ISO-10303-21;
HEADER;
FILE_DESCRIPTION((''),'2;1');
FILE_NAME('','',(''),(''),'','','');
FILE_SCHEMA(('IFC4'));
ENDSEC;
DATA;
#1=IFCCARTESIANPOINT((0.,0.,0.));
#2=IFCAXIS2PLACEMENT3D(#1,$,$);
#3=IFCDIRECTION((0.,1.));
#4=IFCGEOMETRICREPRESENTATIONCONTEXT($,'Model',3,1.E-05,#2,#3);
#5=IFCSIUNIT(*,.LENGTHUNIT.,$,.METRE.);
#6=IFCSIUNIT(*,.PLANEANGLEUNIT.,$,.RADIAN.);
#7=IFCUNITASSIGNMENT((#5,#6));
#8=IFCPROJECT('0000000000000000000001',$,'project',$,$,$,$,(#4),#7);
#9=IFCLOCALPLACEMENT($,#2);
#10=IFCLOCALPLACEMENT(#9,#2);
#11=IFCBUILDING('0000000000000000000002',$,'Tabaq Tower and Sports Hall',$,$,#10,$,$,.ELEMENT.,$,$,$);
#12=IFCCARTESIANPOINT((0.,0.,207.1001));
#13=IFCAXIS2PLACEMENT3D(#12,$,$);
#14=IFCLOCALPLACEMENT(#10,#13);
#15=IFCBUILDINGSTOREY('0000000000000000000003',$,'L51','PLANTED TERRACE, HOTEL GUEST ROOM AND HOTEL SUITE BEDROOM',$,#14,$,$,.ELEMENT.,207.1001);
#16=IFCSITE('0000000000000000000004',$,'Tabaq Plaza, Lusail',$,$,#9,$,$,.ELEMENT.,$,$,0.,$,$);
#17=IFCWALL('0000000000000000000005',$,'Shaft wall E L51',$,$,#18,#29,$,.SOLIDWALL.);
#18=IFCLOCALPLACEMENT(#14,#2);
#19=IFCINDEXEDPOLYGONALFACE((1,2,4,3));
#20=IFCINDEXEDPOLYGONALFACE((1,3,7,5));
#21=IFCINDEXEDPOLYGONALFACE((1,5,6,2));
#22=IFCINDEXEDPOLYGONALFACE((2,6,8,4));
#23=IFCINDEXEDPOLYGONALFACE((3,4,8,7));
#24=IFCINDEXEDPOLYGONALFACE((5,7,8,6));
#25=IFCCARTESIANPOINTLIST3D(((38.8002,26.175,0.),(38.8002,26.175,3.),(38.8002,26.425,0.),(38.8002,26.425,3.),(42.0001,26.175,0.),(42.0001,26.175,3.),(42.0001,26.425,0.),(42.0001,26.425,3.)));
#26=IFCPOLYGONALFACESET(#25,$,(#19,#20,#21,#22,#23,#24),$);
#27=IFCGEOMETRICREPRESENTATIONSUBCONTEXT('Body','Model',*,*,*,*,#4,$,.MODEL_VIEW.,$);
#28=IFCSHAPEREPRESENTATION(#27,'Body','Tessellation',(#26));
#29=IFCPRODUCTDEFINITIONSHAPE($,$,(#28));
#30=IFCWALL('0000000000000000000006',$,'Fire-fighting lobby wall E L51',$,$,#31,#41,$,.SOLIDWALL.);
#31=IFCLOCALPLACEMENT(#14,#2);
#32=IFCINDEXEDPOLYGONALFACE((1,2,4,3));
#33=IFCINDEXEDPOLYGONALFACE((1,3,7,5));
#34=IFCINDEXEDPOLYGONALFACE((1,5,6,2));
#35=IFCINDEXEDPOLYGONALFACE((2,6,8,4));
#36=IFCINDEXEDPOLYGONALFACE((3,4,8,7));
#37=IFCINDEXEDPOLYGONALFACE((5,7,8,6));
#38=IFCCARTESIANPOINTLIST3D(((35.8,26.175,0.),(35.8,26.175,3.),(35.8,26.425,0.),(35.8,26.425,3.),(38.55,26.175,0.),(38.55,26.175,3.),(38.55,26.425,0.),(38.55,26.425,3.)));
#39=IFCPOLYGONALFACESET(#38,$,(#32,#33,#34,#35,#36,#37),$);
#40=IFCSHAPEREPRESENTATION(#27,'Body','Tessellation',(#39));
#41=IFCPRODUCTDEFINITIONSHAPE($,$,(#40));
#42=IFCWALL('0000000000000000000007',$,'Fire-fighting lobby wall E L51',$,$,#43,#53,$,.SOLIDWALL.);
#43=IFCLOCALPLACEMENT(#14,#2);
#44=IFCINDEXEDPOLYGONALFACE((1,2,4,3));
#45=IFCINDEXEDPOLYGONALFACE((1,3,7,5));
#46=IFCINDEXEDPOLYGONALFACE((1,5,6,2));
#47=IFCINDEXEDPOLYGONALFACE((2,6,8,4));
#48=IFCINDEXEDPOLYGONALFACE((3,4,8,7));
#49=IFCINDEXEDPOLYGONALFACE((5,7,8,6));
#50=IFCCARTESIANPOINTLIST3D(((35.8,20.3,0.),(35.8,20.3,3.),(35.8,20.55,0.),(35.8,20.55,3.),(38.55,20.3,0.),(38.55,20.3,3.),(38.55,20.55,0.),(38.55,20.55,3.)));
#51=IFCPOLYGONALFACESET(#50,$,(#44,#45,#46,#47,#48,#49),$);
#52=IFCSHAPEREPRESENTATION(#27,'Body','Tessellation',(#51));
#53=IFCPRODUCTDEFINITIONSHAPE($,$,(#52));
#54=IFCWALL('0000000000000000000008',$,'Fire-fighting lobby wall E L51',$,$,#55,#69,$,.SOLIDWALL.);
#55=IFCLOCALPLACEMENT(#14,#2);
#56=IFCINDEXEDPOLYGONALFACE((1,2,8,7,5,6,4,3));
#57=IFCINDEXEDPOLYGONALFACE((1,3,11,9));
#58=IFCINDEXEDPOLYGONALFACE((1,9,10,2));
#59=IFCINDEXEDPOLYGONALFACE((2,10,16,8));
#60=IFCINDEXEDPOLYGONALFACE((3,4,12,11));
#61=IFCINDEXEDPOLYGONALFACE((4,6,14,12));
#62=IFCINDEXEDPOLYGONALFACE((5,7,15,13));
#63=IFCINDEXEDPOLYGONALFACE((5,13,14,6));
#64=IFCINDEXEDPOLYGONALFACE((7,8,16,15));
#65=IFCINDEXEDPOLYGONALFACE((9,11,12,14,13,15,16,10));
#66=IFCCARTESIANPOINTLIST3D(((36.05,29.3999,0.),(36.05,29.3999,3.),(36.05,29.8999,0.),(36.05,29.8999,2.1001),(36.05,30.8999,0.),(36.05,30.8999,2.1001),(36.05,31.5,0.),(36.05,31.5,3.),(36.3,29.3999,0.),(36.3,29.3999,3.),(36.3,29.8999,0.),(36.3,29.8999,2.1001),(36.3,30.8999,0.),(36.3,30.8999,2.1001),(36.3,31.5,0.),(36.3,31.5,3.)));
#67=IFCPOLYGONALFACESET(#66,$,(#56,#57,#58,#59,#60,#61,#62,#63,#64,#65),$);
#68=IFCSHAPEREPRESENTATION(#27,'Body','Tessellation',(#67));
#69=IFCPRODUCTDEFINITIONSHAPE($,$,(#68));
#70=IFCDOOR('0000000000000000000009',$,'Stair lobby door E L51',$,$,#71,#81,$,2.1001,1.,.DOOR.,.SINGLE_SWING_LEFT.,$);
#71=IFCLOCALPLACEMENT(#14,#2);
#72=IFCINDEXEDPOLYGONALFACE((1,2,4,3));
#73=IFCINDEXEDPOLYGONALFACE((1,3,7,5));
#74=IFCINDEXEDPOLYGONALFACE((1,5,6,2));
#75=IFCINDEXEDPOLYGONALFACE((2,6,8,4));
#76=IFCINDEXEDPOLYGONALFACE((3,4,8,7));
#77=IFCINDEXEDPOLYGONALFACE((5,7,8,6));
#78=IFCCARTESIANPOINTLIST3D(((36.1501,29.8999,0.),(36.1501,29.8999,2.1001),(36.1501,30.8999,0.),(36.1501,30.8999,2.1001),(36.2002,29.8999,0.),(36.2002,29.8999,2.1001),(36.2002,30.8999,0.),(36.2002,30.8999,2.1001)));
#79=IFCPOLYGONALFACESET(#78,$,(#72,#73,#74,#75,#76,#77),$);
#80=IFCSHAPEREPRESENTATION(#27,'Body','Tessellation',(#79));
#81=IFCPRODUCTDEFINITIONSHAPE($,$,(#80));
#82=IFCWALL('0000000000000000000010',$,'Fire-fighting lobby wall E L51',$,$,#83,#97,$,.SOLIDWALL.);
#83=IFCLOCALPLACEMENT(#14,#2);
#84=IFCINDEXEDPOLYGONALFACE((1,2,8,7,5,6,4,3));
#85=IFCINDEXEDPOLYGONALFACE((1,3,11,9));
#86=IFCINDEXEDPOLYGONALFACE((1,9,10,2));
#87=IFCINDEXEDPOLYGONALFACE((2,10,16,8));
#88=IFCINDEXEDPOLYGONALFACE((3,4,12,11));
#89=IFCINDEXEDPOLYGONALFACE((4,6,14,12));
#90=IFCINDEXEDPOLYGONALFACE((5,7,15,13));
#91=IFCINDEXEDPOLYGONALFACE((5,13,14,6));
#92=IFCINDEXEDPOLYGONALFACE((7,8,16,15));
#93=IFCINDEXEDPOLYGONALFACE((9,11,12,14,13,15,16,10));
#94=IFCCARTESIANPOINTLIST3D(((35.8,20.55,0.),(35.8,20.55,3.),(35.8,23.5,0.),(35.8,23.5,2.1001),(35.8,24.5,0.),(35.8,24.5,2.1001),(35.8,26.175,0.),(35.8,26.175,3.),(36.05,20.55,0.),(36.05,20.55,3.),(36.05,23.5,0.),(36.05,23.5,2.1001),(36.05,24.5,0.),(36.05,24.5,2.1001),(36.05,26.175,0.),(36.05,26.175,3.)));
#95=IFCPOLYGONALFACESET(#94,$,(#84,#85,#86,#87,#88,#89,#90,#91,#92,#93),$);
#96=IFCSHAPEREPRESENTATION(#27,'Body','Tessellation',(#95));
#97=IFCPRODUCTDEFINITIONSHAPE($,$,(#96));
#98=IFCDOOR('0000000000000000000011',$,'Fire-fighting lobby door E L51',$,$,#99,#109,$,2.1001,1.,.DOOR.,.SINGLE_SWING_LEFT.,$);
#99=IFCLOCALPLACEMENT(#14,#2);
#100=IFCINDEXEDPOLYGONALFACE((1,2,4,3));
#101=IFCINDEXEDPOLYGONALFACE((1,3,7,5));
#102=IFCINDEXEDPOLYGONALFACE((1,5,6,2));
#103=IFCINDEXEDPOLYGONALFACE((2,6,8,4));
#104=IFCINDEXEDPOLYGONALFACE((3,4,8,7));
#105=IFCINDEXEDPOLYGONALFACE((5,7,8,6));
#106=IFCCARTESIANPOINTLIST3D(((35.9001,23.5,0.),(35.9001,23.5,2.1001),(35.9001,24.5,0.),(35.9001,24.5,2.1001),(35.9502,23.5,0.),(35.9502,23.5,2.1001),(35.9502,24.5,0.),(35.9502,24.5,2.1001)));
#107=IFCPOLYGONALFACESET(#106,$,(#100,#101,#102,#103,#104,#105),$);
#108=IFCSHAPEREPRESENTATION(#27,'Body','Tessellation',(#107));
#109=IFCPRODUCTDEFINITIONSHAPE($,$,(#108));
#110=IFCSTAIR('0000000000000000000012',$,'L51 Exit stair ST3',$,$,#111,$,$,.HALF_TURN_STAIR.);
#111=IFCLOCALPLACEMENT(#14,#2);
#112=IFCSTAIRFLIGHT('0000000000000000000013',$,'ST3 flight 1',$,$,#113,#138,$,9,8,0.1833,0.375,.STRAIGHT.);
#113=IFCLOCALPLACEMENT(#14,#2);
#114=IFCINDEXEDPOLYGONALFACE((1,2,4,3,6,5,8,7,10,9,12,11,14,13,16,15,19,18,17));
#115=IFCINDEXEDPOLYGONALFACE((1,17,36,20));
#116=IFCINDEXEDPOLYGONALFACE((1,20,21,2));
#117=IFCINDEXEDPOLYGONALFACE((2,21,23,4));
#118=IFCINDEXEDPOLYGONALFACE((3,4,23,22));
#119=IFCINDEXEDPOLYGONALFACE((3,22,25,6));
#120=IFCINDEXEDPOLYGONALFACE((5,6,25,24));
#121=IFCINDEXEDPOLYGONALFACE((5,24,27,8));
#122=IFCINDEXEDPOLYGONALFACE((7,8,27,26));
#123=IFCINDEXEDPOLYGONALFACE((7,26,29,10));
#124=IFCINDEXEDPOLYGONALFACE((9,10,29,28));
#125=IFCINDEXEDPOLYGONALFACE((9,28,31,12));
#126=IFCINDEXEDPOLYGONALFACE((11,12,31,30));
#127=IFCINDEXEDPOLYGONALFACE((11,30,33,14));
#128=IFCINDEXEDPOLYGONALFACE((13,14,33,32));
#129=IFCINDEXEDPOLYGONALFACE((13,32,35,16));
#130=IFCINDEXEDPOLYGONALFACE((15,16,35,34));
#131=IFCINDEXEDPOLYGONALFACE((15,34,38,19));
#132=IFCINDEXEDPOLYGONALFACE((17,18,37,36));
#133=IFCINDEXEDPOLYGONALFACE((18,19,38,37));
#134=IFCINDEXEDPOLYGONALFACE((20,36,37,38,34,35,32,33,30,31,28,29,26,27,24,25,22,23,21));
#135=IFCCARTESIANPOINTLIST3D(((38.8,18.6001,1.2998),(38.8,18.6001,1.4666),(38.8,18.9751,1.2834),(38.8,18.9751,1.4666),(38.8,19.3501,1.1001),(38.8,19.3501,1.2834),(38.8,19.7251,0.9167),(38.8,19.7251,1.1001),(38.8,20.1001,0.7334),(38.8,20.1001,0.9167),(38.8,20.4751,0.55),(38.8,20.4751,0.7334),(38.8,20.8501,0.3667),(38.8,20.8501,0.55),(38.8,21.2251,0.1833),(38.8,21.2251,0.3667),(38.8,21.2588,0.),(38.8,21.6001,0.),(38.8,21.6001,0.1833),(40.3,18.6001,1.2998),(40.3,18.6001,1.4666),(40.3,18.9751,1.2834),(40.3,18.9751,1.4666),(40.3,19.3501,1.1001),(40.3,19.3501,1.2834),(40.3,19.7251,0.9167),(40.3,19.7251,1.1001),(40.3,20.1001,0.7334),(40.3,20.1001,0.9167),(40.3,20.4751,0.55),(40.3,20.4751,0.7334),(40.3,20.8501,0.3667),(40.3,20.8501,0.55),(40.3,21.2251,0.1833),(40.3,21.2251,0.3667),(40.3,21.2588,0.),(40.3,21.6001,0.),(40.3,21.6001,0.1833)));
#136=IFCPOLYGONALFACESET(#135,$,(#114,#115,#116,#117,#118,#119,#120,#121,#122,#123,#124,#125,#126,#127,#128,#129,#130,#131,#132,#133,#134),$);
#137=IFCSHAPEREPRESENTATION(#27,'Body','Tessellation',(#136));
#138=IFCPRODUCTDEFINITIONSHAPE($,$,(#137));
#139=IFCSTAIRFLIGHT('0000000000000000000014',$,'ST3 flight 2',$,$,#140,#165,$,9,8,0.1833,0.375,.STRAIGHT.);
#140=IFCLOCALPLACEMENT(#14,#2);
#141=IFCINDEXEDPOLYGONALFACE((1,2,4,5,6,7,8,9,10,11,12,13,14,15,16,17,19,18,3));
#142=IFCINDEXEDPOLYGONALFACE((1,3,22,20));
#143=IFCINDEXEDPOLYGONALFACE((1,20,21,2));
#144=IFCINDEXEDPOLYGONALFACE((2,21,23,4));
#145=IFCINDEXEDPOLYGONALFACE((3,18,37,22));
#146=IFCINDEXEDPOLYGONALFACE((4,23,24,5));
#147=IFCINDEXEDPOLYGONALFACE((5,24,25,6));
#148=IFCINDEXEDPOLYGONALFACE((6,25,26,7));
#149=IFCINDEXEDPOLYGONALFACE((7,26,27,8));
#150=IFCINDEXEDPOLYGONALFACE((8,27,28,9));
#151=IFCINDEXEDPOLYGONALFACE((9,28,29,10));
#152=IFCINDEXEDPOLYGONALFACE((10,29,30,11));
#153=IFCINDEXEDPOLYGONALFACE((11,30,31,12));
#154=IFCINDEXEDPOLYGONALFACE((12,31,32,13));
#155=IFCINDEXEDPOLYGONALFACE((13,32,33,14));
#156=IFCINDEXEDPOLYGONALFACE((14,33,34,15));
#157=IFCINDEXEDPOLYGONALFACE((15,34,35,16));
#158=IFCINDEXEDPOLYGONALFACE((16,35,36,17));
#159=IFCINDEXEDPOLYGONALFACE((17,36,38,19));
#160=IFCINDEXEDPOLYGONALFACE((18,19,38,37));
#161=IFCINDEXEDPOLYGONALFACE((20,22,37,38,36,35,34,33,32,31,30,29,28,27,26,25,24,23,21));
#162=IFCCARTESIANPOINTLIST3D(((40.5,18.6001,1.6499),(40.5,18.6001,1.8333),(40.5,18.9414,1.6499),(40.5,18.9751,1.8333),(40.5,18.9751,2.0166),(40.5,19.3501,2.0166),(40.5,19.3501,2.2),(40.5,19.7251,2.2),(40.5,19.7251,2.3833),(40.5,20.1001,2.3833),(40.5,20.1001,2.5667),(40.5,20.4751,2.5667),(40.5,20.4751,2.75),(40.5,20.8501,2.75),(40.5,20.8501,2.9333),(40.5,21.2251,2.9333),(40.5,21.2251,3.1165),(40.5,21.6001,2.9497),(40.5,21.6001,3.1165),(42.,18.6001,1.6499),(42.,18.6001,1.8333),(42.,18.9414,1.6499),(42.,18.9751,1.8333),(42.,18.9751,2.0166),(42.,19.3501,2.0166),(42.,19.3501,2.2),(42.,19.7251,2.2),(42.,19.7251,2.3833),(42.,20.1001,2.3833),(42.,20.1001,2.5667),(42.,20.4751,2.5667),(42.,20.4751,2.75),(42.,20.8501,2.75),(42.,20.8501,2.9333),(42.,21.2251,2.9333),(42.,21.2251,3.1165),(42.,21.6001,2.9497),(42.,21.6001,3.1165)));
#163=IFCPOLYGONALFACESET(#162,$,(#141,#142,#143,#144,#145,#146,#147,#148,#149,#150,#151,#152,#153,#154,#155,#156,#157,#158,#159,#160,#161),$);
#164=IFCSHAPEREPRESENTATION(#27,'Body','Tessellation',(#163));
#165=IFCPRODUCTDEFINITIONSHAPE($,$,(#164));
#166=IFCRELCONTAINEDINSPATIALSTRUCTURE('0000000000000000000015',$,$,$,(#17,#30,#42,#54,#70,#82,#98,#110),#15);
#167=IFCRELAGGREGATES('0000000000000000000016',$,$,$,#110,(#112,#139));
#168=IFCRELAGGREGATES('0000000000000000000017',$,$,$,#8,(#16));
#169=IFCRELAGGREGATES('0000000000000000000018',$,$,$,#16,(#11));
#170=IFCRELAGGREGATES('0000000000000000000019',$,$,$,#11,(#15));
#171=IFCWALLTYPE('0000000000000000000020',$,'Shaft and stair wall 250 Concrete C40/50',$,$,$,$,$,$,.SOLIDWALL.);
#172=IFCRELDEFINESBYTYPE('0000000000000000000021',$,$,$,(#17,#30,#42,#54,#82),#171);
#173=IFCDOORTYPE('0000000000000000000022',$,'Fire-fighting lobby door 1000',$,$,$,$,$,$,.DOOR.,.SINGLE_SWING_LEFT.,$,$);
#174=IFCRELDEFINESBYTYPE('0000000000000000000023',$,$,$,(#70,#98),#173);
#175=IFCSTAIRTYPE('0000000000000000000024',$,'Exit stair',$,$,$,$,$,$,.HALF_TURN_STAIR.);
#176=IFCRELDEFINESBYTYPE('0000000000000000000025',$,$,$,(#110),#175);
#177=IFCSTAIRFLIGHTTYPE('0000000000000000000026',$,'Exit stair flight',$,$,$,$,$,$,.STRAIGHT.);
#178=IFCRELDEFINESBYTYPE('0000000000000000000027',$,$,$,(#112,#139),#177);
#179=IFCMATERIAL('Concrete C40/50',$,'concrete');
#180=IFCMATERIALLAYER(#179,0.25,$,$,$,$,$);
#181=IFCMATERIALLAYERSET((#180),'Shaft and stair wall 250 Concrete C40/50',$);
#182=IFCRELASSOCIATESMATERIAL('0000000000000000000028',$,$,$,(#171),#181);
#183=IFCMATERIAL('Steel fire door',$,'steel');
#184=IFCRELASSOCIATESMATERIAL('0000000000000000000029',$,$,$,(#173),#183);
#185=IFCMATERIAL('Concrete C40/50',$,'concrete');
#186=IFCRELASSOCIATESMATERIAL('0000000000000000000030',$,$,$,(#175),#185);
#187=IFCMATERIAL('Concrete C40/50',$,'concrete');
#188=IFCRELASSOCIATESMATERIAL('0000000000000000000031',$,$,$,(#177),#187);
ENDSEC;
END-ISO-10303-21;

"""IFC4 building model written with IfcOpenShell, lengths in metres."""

from ifc_helpers import new_model, si_unit, direction, frame, frame_2d, origin, place, context, subcontext, project, spatial, polyline, rectangle, outline, extrude, material, layer, layer_set, type_object, element, fill, aggregate, save


model = new_model("IFC4")

# Units and contexts
model_context = context("Model", 3, precision=1e-05, world=origin(), true_north=direction((0.0, 1.0)))
body_context = subcontext(model_context, "Body", "Model", "MODEL_VIEW")
ifc_project = project(units=[si_unit("LENGTHUNIT", "METRE"), si_unit("PLANEANGLEUNIT", "RADIAN")], contexts=[model_context])

# Site, building, storey
site_placement = place(None, origin())
site = spatial("IfcSite", under=ifc_project, at=site_placement, Name="Tabaq Plaza, Lusail", CompositionType="ELEMENT", RefElevation=0.0)
building_placement = place(site_placement, origin())
building = spatial("IfcBuilding", under=site, at=building_placement, Name="Tabaq Tower and Sports Hall", CompositionType="ELEMENT")
storey_placement = place(building_placement, frame((0.0, 0.0, 207.1001)))
storey = spatial("IfcBuildingStorey", under=building, at=storey_placement, Name="L51", Description="PLANTED TERRACE, HOTEL GUEST ROOM AND HOTEL SUITE BEDROOM", CompositionType="ELEMENT", Elevation=207.1001)

# Shared definitions
ifc_material_1 = material(Name="Concrete C40/50", Category="concrete")
ifc_layer_1 = layer(ifc_material_1, 0.25)
ifc_layer_set_1 = layer_set([ifc_layer_1], Name="Shaft and stair wall 250 Concrete C40/50")
wall_type_1 = type_object("IfcWallType", Name="Shaft and stair wall 250 Concrete C40/50", PredefinedType="SOLIDWALL", material=ifc_layer_set_1)

# Walls
for number, where, z_axis, x_axis, name in (
    (1, (38.8, 26.3, 0.0), (0.0, 0.0, 1.0), (1.0, 0.0, 0.0), "Shaft wall E L51"),
):
    element("IfcWall", number, at=place(storey_placement, frame(where, z_axis=z_axis, x_axis=x_axis)), inside=storey, type_object=wall_type_1, Name=name, PredefinedType="SOLIDWALL", context=body_context, shape_type="SweptSolid", body=[
        extrude(rectangle(XDim=3.2, YDim=0.25, at=frame_2d((1.6001, 0.0))), origin(), (0.0, 0.0, 1.0), 3.0),
    ])
for number, where, z_axis, x_axis, name in (
    (2, (35.8, 26.3, 0.0), (0.0, 0.0, 1.0), (1.0, 0.0, 0.0), "Fire-fighting lobby wall E L51"),
    (3, (35.8, 20.425, 0.0), (0.0, 0.0, 1.0), (1.0, 0.0, 0.0), "Fire-fighting lobby wall E L51"),
):
    element("IfcWall", number, at=place(storey_placement, frame(where, z_axis=z_axis, x_axis=x_axis)), inside=storey, type_object=wall_type_1, Name=name, PredefinedType="SOLIDWALL", context=body_context, shape_type="SweptSolid", body=[
        extrude(rectangle(XDim=2.75, YDim=0.25, at=frame_2d((1.375, 0.0))), origin(), (0.0, 0.0, 1.0), 3.0),
    ])

# Walls, openings, doors
wall_1_placement = place(storey_placement, frame((36.175, 29.3999, 0.0), z_axis=(0.0, 0.0, 1.0), x_axis=(0.0, 1.0, 0.0)))
wall_1 = element("IfcWall", 4, at=wall_1_placement, inside=storey, type_object=wall_type_1, Name="Fire-fighting lobby wall E L51", PredefinedType="SOLIDWALL", context=body_context, shape_type="SweptSolid", body=[
    extrude(rectangle(XDim=2.1001, YDim=0.25, at=frame_2d((1.05, 0.0))), origin(), (0.0, 0.0, 1.0), 3.0),
])
opening_1_placement = place(wall_1_placement, frame((0.5, 0.0, 0.0)))
opening_1 = element("IfcOpeningElement", 5, at=opening_1_placement, cuts=wall_1, PredefinedType="OPENING", context=body_context, shape_type="SweptSolid", body=[
    extrude(rectangle(XDim=1.0, YDim=2.1001, at=frame_2d((0.5, 1.05))), frame((0.0, 0.125, 0.0), z_axis=(0.0, -1.0, 0.0), x_axis=(1.0, 0.0, 0.0)), (0.0, 0.0, 1.0), 0.25),
])
ifc_material_2 = material(Name="Steel fire door", Category="steel")
door_type_1 = type_object("IfcDoorType", Name="Fire-fighting lobby door 1000", OperationType="SINGLE_SWING_LEFT", PredefinedType="DOOR", material=ifc_material_2)
door_1_placement = place(opening_1_placement, origin())
door_1 = element("IfcDoor", 6, at=door_1_placement, inside=storey, type_object=door_type_1, Name="Stair lobby door E L51", OperationType="SINGLE_SWING_LEFT", OverallHeight=2.1001, OverallWidth=1.0, PredefinedType="DOOR", context=body_context, shape_type="SweptSolid", body=[
    extrude(rectangle(XDim=1.0, YDim=2.1001, at=frame_2d((0.5, 1.05))), frame((0.0, 0.0249, 0.0), z_axis=(0.0, -1.0, 0.0), x_axis=(1.0, 0.0, 0.0)), (0.0, 0.0, 1.0), 0.05),
])
fill(opening_1, door_1)
wall_2_placement = place(storey_placement, frame((35.925, 20.55, 0.0), z_axis=(0.0, 0.0, 1.0), x_axis=(0.0, 1.0, 0.0)))
wall_2 = element("IfcWall", 7, at=wall_2_placement, inside=storey, type_object=wall_type_1, Name="Fire-fighting lobby wall E L51", PredefinedType="SOLIDWALL", context=body_context, shape_type="SweptSolid", body=[
    extrude(rectangle(XDim=5.625, YDim=0.25, at=frame_2d((2.8125, 0.0))), origin(), (0.0, 0.0, 1.0), 3.0),
])
opening_2_placement = place(wall_2_placement, frame((2.95, 0.0, 0.0)))
opening_2 = element("IfcOpeningElement", 8, at=opening_2_placement, cuts=wall_2, PredefinedType="OPENING", context=body_context, shape_type="SweptSolid", body=[
    extrude(rectangle(XDim=1.0, YDim=2.1001, at=frame_2d((0.5, 1.05))), frame((0.0, 0.125, 0.0), z_axis=(0.0, -1.0, 0.0), x_axis=(1.0, 0.0, 0.0)), (0.0, 0.0, 1.0), 0.25),
])
door_2_placement = place(opening_2_placement, origin())
door_2 = element("IfcDoor", 9, at=door_2_placement, inside=storey, type_object=door_type_1, Name="Fire-fighting lobby door E L51", OperationType="SINGLE_SWING_LEFT", OverallHeight=2.1001, OverallWidth=1.0, PredefinedType="DOOR", context=body_context, shape_type="SweptSolid", body=[
    extrude(rectangle(XDim=1.0, YDim=2.1001, at=frame_2d((0.5, 1.05))), frame((0.0, 0.0249, 0.0), z_axis=(0.0, -1.0, 0.0), x_axis=(1.0, 0.0, 0.0)), (0.0, 0.0, 1.0), 0.05),
])
fill(opening_2, door_2)

# Stair, stair flights
ifc_material_3 = material(Name="Concrete C40/50", Category="concrete")
stair_type = type_object("IfcStairType", Name="Exit stair", PredefinedType="HALF_TURN_STAIR", material=ifc_material_3)
stair_placement = place(storey_placement, origin())
stair = element("IfcStair", 10, at=stair_placement, inside=storey, type_object=stair_type, Name="L51 Exit stair ST3", PredefinedType="HALF_TURN_STAIR")
ifc_material_4 = material(Name="Concrete C40/50", Category="concrete")
stair_flight_type = type_object("IfcStairFlightType", Name="Exit stair flight", PredefinedType="STRAIGHT", material=ifc_material_4)
stair_flight_1_placement = place(storey_placement, frame((39.55, 21.6001, 0.0), z_axis=(0.0, 0.0, 1.0), x_axis=(0.0, -1.0, 0.0)))
stair_flight_1 = element("IfcStairFlight", 11, at=stair_flight_1_placement, type_object=stair_flight_type, Name="ST3 flight 1", NumberOfRisers=9, NumberOfTreads=8, PredefinedType="STRAIGHT", RiserHeight=0.1833, TreadLength=0.375, context=body_context, shape_type="SweptSolid", body=[
    extrude(outline(polyline([(0.0, 0.0), (0.0, 0.1833), (0.375, 0.1833), (0.375, 0.3667), (0.75, 0.3667), (0.75, 0.55), (1.125, 0.55), (1.125, 0.7334), (1.5, 0.7334), (1.5, 0.9167), (1.875, 0.9167), (1.875, 1.1001), (2.25, 1.1001), (2.25, 1.2834), (2.625, 1.2834), (2.625, 1.4666), (3.0, 1.4666), (3.0, 1.6499), (3.0, 1.2998), (0.3413, 0.0), (0.0, 0.0)])), frame((0.0, 0.75, 0.0), z_axis=(0.0, -1.0, 0.0), x_axis=(1.0, 0.0, 0.0)), (0.0, 0.0, 1.0), 1.5),
])
stair_flight_2_placement = place(storey_placement, frame((41.25, 18.6001, 1.6499), z_axis=(0.0, 0.0, 1.0), x_axis=(0.0, 1.0, 0.0)))
stair_flight_2 = element("IfcStairFlight", 12, at=stair_flight_2_placement, type_object=stair_flight_type, Name="ST3 flight 2", NumberOfRisers=9, NumberOfTreads=8, PredefinedType="STRAIGHT", RiserHeight=0.1833, TreadLength=0.375, context=body_context, shape_type="SweptSolid", body=[
    extrude(outline(polyline([(0.0, 0.0), (0.0, 0.1833), (0.375, 0.1833), (0.375, 0.3667), (0.75, 0.3667), (0.75, 0.55), (1.125, 0.55), (1.125, 0.7334), (1.5, 0.7334), (1.5, 0.9167), (1.875, 0.9167), (1.875, 1.1001), (2.25, 1.1001), (2.25, 1.2834), (2.625, 1.2834), (2.625, 1.4666), (3.0, 1.4666), (3.0, 1.6499), (3.0, 1.2998), (0.3413, 0.0), (0.0, 0.0)])), frame((0.0, 0.75, 0.0), z_axis=(0.0, -1.0, 0.0), x_axis=(1.0, 0.0, 0.0)), (0.0, 0.0, 1.0), 1.5),
])
aggregate(stair, [stair_flight_1, stair_flight_2])

save(model, "model.ifc")
